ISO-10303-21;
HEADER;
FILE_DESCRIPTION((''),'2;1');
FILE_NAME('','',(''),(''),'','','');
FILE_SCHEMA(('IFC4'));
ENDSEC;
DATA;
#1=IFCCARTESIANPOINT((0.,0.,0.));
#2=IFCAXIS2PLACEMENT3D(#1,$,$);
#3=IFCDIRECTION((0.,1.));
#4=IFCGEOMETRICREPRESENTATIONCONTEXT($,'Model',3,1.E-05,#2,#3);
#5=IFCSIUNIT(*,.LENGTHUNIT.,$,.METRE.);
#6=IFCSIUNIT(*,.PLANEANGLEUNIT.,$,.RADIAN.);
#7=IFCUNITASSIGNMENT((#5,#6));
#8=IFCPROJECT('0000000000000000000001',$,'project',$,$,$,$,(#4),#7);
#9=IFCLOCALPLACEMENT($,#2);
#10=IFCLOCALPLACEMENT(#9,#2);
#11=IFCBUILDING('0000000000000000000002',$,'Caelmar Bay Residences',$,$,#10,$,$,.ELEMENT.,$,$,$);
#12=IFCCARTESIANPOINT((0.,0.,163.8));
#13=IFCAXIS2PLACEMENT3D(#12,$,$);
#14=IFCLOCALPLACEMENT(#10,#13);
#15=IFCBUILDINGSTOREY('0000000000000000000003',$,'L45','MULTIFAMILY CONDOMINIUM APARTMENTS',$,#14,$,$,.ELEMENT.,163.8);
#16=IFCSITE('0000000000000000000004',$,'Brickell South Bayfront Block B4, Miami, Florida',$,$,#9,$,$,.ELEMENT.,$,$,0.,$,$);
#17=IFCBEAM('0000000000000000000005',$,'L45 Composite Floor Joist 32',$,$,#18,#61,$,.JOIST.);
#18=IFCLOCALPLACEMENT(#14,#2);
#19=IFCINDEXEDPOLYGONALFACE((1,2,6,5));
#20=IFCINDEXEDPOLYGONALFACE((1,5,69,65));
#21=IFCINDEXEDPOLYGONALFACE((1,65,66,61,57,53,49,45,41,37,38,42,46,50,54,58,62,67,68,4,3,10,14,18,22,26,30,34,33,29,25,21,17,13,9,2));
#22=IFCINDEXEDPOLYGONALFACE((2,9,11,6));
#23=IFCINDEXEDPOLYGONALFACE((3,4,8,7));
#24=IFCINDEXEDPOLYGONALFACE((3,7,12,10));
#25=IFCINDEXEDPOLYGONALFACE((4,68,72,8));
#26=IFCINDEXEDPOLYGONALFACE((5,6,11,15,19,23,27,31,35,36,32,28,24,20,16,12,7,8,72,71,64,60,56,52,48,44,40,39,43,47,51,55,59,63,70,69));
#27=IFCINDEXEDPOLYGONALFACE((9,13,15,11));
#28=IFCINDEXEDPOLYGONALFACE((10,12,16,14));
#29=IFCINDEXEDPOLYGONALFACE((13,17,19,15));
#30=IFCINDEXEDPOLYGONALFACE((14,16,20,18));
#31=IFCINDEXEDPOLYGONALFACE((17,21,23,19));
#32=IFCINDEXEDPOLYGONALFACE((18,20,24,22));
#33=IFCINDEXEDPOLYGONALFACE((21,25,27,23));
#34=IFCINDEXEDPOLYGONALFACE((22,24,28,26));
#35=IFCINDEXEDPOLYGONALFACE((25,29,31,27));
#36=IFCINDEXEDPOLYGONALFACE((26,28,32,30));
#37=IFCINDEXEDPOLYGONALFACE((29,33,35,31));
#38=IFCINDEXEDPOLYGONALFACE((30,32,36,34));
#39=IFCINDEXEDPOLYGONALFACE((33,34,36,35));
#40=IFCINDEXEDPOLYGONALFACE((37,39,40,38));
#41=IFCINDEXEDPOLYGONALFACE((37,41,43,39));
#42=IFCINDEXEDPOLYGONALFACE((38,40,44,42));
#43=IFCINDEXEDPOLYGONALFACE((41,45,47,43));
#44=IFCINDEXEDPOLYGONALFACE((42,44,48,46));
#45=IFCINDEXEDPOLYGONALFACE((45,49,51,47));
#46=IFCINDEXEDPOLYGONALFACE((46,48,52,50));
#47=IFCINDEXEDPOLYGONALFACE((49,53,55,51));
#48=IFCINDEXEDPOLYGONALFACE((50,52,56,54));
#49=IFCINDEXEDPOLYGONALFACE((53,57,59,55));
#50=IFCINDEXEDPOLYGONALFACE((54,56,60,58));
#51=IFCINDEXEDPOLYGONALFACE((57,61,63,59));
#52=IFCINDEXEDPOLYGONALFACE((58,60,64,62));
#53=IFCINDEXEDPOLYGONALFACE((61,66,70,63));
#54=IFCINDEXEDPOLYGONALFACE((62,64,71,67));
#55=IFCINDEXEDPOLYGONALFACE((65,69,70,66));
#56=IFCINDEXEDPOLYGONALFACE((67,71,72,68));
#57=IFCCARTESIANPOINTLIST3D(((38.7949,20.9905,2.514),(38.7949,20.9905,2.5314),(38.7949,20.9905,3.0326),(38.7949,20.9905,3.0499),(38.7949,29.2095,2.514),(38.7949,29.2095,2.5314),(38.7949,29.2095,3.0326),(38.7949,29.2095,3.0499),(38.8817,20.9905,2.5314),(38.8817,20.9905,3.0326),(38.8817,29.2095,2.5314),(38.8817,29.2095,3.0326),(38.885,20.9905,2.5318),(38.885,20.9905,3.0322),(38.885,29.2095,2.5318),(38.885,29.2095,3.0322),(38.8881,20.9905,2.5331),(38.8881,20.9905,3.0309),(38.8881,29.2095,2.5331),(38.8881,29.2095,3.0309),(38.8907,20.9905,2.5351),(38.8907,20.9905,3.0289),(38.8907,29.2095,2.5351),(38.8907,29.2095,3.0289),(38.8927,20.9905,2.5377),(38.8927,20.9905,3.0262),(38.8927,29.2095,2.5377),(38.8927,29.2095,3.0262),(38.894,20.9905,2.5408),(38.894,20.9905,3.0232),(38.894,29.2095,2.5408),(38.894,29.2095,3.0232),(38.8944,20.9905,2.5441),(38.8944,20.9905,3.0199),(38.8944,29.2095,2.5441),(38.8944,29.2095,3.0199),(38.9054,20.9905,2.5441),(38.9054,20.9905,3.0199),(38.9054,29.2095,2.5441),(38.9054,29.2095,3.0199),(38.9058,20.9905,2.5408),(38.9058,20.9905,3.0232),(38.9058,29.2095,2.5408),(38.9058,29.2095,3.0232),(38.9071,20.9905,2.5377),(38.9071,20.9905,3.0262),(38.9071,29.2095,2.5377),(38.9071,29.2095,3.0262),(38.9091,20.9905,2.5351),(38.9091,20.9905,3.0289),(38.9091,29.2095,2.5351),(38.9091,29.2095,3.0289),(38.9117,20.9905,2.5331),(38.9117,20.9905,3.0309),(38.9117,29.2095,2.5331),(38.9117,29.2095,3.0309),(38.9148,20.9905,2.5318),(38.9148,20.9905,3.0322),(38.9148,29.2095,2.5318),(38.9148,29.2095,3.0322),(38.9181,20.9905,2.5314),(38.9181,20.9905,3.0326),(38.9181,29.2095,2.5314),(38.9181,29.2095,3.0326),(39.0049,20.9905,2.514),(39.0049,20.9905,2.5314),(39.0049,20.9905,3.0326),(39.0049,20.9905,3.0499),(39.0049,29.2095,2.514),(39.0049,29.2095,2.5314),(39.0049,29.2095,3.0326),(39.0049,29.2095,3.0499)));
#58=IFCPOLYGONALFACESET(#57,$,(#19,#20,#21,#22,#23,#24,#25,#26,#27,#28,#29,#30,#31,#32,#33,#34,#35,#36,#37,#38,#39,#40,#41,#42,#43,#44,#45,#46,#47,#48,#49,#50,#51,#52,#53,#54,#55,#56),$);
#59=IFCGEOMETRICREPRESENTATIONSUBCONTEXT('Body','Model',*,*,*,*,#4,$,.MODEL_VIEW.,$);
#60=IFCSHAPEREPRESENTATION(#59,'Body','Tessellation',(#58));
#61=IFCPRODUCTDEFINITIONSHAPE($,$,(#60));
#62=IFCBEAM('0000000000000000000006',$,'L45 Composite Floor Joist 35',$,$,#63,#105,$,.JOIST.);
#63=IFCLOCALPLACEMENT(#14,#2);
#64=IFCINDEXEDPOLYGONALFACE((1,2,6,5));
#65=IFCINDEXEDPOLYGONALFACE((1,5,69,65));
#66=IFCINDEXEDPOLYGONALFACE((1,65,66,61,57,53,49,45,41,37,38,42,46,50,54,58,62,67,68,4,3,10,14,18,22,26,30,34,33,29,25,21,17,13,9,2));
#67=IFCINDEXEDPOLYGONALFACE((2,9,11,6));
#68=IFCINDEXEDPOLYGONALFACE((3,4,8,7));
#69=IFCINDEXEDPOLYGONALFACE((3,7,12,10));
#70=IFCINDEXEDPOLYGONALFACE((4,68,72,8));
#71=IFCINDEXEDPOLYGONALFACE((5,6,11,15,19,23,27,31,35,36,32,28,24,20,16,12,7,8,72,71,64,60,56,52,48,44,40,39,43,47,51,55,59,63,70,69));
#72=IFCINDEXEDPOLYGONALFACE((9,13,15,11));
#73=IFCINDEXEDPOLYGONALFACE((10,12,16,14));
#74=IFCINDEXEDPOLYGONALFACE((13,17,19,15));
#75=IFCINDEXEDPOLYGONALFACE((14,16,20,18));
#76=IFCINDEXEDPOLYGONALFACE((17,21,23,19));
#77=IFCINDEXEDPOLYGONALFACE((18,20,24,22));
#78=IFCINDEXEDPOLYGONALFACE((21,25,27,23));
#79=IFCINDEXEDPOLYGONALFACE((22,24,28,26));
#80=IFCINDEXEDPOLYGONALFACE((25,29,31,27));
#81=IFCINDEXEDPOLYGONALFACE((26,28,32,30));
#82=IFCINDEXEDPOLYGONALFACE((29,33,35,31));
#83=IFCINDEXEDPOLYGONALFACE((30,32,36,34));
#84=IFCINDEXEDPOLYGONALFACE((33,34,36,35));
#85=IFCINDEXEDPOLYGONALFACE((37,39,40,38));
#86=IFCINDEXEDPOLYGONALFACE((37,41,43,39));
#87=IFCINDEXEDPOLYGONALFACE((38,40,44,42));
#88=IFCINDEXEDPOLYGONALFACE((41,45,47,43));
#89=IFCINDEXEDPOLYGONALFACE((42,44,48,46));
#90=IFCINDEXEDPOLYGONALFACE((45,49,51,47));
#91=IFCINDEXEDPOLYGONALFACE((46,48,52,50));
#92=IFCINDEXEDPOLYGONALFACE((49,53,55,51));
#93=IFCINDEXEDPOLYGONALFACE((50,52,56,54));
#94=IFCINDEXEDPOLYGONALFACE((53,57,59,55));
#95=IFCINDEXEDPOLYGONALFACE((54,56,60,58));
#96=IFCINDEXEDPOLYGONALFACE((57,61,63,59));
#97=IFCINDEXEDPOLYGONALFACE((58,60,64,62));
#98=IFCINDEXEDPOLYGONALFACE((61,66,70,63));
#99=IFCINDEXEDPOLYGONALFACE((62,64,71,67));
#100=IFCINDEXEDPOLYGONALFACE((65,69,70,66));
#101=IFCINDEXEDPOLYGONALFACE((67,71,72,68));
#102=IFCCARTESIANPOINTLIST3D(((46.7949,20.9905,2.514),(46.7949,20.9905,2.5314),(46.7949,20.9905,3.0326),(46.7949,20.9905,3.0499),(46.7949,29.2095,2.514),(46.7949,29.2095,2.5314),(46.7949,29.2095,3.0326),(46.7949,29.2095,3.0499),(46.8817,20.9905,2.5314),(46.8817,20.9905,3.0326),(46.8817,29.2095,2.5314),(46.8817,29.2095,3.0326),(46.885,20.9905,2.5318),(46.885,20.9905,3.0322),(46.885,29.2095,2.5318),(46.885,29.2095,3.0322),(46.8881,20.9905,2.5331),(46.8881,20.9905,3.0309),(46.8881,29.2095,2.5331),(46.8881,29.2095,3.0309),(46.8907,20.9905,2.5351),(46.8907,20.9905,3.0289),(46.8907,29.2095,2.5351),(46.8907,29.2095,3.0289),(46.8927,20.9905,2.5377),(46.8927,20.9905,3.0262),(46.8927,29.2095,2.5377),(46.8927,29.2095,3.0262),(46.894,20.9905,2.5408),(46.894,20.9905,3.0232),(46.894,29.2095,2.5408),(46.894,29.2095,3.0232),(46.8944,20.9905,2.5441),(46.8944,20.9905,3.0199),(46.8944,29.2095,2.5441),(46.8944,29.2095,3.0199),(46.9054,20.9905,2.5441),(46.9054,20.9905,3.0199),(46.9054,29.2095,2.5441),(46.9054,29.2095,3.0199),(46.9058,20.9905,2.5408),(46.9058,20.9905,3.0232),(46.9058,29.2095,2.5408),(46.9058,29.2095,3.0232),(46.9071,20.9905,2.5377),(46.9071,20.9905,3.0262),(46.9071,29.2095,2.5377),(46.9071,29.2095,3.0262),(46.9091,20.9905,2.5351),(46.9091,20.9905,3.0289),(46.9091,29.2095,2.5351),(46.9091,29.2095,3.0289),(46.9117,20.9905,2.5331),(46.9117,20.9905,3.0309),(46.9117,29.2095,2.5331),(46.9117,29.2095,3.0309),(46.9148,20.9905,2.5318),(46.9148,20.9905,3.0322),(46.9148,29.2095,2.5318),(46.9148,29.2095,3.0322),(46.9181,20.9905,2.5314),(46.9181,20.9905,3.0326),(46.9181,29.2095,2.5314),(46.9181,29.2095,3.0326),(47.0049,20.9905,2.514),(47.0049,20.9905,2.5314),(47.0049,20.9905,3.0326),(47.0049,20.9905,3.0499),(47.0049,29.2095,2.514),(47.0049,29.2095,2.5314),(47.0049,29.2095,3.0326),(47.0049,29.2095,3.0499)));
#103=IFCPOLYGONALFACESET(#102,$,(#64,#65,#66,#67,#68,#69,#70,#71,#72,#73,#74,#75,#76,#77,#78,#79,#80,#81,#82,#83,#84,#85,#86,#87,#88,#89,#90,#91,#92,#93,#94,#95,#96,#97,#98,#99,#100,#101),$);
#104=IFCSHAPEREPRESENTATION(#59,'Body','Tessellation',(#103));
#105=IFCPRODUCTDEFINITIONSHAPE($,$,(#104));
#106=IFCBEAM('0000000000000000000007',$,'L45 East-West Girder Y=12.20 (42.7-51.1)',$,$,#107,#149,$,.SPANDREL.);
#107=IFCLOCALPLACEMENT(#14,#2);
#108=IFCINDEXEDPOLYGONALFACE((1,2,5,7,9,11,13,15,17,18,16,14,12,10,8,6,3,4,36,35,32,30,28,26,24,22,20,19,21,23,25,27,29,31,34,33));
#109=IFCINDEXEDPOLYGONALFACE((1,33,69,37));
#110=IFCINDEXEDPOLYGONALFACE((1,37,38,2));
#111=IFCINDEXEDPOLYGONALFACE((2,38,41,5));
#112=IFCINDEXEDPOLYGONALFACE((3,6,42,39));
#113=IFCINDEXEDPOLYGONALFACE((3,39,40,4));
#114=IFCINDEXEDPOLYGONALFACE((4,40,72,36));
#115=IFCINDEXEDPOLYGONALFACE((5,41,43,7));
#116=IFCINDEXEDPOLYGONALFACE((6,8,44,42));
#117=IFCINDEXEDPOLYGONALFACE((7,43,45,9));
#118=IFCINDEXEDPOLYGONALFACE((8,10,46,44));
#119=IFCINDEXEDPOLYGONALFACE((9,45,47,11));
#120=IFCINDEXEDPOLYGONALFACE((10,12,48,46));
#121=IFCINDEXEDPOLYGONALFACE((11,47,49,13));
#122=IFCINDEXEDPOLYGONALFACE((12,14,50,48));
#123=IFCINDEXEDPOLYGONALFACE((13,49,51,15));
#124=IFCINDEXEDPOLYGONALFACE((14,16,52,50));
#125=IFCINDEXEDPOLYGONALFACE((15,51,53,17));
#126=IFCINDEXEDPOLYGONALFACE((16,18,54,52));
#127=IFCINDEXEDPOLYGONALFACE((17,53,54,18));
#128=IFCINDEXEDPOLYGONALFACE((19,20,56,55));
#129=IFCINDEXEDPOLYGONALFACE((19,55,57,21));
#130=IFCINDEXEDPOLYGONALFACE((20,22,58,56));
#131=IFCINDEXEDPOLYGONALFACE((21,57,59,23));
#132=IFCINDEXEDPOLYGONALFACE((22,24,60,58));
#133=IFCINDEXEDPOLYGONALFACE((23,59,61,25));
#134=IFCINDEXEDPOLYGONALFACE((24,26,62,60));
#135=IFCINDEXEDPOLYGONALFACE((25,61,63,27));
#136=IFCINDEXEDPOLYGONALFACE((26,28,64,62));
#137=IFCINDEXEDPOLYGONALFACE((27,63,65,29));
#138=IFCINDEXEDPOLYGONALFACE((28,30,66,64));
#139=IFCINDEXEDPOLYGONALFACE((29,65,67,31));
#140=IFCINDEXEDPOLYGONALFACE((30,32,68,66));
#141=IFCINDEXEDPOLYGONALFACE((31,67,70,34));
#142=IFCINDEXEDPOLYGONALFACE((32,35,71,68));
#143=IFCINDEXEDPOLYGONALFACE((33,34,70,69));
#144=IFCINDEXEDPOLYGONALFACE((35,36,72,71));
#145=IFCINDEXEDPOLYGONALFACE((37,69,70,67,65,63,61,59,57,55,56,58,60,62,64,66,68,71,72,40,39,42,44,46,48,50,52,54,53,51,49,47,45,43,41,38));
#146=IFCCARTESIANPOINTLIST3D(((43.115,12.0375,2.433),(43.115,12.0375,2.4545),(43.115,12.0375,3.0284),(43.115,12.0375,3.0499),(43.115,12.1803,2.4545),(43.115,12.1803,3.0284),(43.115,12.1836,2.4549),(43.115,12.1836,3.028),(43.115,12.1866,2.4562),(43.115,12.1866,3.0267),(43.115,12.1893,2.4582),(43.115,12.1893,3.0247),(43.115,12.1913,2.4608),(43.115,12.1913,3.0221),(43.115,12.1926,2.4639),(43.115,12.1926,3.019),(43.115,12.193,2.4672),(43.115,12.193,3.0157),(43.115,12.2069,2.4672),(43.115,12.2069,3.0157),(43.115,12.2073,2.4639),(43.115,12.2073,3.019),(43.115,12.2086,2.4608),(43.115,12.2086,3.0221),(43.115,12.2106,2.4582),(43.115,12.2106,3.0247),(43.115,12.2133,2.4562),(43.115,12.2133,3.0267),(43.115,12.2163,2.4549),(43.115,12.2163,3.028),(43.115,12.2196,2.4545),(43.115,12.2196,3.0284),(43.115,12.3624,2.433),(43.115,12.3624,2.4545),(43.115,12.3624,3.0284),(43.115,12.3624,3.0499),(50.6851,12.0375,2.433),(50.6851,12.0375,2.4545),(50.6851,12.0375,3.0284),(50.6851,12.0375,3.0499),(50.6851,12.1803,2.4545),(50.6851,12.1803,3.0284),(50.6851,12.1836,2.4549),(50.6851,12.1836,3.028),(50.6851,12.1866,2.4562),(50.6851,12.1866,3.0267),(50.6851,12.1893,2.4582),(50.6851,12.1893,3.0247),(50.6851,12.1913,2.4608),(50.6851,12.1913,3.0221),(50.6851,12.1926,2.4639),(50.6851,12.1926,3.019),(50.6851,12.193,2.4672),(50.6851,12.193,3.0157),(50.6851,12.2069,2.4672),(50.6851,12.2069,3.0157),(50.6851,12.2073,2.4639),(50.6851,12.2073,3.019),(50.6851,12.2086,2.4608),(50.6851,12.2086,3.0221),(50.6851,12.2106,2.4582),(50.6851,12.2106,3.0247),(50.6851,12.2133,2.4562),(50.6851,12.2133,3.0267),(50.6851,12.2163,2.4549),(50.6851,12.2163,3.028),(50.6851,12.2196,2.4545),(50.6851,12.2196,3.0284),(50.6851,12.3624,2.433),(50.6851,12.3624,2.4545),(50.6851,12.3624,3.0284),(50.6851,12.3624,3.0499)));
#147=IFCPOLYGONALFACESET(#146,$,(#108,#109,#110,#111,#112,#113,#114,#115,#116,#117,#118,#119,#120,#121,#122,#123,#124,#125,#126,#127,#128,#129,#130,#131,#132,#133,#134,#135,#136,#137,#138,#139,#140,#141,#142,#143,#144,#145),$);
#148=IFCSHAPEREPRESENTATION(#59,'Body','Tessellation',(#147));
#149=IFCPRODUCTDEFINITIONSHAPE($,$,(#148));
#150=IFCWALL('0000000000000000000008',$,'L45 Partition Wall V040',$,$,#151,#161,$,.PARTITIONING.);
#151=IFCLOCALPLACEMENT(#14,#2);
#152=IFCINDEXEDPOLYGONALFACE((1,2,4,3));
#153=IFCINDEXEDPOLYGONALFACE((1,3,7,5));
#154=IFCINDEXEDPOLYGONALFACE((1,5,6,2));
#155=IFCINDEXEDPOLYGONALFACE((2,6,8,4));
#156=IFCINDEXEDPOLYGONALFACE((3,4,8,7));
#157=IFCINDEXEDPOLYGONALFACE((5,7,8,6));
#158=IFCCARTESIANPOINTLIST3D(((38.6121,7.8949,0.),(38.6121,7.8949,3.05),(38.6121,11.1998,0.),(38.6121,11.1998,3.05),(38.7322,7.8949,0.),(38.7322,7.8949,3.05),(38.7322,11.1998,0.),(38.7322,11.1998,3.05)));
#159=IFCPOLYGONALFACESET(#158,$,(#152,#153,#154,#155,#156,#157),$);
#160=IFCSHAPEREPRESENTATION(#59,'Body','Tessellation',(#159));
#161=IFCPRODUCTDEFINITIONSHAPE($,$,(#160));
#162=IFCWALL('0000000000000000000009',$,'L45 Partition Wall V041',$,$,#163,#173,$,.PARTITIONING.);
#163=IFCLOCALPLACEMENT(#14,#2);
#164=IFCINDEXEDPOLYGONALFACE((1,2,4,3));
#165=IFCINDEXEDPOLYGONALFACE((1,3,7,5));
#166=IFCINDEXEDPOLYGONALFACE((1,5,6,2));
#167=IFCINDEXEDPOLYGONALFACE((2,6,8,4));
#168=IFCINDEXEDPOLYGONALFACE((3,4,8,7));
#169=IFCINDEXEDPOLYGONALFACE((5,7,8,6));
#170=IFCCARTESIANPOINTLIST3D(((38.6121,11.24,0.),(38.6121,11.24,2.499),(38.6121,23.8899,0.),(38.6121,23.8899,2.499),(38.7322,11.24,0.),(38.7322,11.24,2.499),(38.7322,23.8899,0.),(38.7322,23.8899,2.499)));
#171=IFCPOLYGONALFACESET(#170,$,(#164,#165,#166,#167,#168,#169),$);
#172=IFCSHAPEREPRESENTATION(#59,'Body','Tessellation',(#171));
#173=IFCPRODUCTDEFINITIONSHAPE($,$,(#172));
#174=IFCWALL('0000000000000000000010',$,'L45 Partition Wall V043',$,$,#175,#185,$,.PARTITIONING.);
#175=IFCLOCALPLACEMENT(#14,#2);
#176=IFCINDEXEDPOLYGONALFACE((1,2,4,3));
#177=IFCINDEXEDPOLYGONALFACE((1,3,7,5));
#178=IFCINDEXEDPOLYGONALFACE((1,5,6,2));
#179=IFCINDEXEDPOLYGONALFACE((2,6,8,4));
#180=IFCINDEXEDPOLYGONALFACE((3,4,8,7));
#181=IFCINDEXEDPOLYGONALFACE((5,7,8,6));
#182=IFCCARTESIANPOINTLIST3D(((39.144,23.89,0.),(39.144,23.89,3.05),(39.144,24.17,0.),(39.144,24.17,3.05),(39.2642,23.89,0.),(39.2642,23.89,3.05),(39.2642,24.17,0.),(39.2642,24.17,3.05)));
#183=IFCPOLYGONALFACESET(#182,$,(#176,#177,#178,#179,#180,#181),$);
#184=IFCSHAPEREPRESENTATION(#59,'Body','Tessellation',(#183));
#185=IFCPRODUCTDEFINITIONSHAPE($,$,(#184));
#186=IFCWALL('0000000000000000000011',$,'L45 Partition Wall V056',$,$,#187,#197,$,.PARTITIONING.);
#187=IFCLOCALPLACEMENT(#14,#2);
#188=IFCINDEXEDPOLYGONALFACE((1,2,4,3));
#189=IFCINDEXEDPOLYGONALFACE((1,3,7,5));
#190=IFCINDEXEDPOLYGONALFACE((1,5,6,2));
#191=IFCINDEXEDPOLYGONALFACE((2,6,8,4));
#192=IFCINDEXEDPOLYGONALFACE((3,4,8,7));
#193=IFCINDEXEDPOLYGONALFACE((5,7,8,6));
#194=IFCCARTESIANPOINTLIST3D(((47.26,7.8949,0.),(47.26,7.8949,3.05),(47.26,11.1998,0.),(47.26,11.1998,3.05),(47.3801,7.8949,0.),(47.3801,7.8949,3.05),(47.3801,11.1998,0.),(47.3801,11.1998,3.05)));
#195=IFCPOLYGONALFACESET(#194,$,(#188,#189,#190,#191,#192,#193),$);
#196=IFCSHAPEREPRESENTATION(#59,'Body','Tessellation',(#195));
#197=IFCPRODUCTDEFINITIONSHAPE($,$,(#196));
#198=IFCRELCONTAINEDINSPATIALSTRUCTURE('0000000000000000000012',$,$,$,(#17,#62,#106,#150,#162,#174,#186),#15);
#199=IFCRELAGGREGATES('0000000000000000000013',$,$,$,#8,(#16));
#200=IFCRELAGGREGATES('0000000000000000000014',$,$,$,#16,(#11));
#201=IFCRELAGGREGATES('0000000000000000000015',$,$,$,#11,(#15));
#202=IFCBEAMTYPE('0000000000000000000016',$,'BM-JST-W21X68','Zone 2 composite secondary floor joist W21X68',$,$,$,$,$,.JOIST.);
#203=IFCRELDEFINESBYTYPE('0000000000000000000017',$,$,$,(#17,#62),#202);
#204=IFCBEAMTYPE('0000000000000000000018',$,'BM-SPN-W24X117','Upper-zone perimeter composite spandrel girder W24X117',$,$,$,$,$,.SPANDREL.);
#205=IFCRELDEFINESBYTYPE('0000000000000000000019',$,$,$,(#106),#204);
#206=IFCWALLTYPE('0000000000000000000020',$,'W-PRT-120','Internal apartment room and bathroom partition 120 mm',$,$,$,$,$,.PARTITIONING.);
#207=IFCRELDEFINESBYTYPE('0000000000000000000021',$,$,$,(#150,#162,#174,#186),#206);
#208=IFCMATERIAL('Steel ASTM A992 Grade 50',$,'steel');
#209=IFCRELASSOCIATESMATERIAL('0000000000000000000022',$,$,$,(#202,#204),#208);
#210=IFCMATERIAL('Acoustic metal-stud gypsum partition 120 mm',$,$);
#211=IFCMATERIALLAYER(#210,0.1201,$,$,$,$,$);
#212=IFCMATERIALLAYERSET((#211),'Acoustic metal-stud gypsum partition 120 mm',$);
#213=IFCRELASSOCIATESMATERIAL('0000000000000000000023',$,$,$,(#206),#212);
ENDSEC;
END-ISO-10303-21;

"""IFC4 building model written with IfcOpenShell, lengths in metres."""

from ifc_helpers import new_model, si_unit, direction, frame, frame_2d, origin, origin_2d, place, context, subcontext, project, spatial, rectangle, i_section, extrude, material, layer, layer_set, material_profile, profile_set, type_object, element, save


model = new_model("IFC4")

# Units and contexts
model_context = context("Model", 3, precision=1e-05, world=origin(), true_north=direction((0.0, 1.0)))
body_context = subcontext(model_context, "Body", "Model", "MODEL_VIEW")
ifc_project = project(units=[si_unit("LENGTHUNIT", "METRE"), si_unit("PLANEANGLEUNIT", "RADIAN")], contexts=[model_context])

# Site, building, storey
site_placement = place(None, origin())
site = spatial("IfcSite", under=ifc_project, at=site_placement, Name="Brickell South Bayfront Block B4, Miami, Florida", CompositionType="ELEMENT", RefElevation=0.0)
building_placement = place(site_placement, origin())
building = spatial("IfcBuilding", under=site, at=building_placement, Name="Caelmar Bay Residences", CompositionType="ELEMENT")
storey_placement = place(building_placement, frame((0.0, 0.0, 163.8)))
storey = spatial("IfcBuildingStorey", under=building, at=storey_placement, Name="L45", Description="MULTIFAMILY CONDOMINIUM APARTMENTS", CompositionType="ELEMENT", Elevation=163.8)

# Beams
ifc_material_1 = material(Name="Steel ASTM A992 Grade 50", Category="steel")
ifc_material_profile_1 = material_profile(ifc_material_1, i_section(OverallWidth=0.21, OverallDepth=0.5359, WebThickness=0.011, FlangeThickness=0.0173, FilletRadius=0.0127, at=origin_2d()), Name="W21X68")
ifc_profile_set_1 = profile_set([ifc_material_profile_1], Name="Steel ASTM A992 Grade 50")
beam_type_1 = type_object("IfcBeamType", Name="BM-JST-W21X68", Description="Zone 2 composite secondary floor joist W21X68", PredefinedType="JOIST", material=ifc_profile_set_1)
for number, where, z_axis, x_axis, name in (
    (1, (38.8999, 20.9905, 2.782), (0.0, 1.0, 0.0), (-1.0, 0.0, 0.0), "L45 Composite Floor Joist 32"),
    (2, (46.8999, 20.9905, 2.782), (0.0, 1.0, 0.0), (-1.0, 0.0, 0.0), "L45 Composite Floor Joist 35"),
):
    element("IfcBeam", number, at=place(storey_placement, frame(where, z_axis=z_axis, x_axis=x_axis)), inside=storey, type_object=beam_type_1, Name=name, PredefinedType="JOIST", context=body_context, shape_type="SweptSolid", body=[
        extrude(i_section(OverallWidth=0.21, OverallDepth=0.5359, WebThickness=0.011, FlangeThickness=0.0173, FilletRadius=0.0127, at=origin_2d()), origin(), (0.0, 0.0, 1.0), 8.219),
    ])
ifc_material_profile_2 = material_profile(ifc_material_1, i_section(OverallWidth=0.325, OverallDepth=0.6169, WebThickness=0.0139, FlangeThickness=0.0215, FilletRadius=0.0127, at=origin_2d()), Name="W24X117")
ifc_profile_set_2 = profile_set([ifc_material_profile_2], Name="Steel ASTM A992 Grade 50")
beam_type_2 = type_object("IfcBeamType", Name="BM-SPN-W24X117", Description="Upper-zone perimeter composite spandrel girder W24X117", PredefinedType="SPANDREL", material=ifc_profile_set_2)
beam_1_placement = place(storey_placement, frame((43.115, 12.2, 2.7415), z_axis=(1.0, 0.0, 0.0), x_axis=(0.0, 1.0, 0.0)))
element("IfcBeam", 3, at=beam_1_placement, inside=storey, type_object=beam_type_2, Name="L45 East-West Girder Y=12.20 (42.7-51.1)", PredefinedType="SPANDREL", context=body_context, shape_type="SweptSolid", body=[
    extrude(i_section(OverallWidth=0.325, OverallDepth=0.6169, WebThickness=0.0139, FlangeThickness=0.0215, FilletRadius=0.0127, at=origin_2d()), origin(), (0.0, 0.0, 1.0), 7.5701),
])

# Walls
ifc_material_2 = material(Name="Acoustic metal-stud gypsum partition 120 mm")
ifc_layer_1 = layer(ifc_material_2, 0.1201)
ifc_layer_set_1 = layer_set([ifc_layer_1], Name="Acoustic metal-stud gypsum partition 120 mm")
wall_type_1 = type_object("IfcWallType", Name="W-PRT-120", Description="Internal apartment room and bathroom partition 120 mm", PredefinedType="PARTITIONING", material=ifc_layer_set_1)
wall_1_placement = place(storey_placement, frame((38.6721, 7.895, 0.0), z_axis=(0.0, 0.0, 1.0), x_axis=(0.0, 1.0, 0.0)))
element("IfcWall", 4, at=wall_1_placement, inside=storey, type_object=wall_type_1, Name="L45 Partition Wall V040", PredefinedType="PARTITIONING", context=body_context, shape_type="SweptSolid", body=[
    extrude(rectangle(XDim=3.3049, YDim=0.1201, at=frame_2d((1.6523, 0.0))), origin(), (0.0, 0.0, 1.0), 3.05),
])
wall_2_placement = place(storey_placement, frame((38.6721, 11.24, 0.0), z_axis=(0.0, 0.0, 1.0), x_axis=(0.0, 1.0, 0.0)))
element("IfcWall", 5, at=wall_2_placement, inside=storey, type_object=wall_type_1, Name="L45 Partition Wall V041", PredefinedType="PARTITIONING", context=body_context, shape_type="SweptSolid", body=[
    extrude(rectangle(XDim=12.6499, YDim=0.1201, at=frame_2d((6.325, 0.0))), origin(), (0.0, 0.0, 1.0), 2.499),
])
wall_3_placement = place(storey_placement, frame((39.2041, 23.8899, 0.0), z_axis=(0.0, 0.0, 1.0), x_axis=(0.0, 1.0, 0.0)))
element("IfcWall", 6, at=wall_3_placement, inside=storey, type_object=wall_type_1, Name="L45 Partition Wall V043", PredefinedType="PARTITIONING", context=body_context, shape_type="SweptSolid", body=[
    extrude(rectangle(XDim=0.28, YDim=0.1201, at=frame_2d((0.1401, 0.0))), origin(), (0.0, 0.0, 1.0), 3.05),
])
wall_4_placement = place(storey_placement, frame((47.3201, 7.895, 0.0), z_axis=(0.0, 0.0, 1.0), x_axis=(0.0, 1.0, 0.0)))
element("IfcWall", 7, at=wall_4_placement, inside=storey, type_object=wall_type_1, Name="L45 Partition Wall V056", PredefinedType="PARTITIONING", context=body_context, shape_type="SweptSolid", body=[
    extrude(rectangle(XDim=3.3049, YDim=0.1201, at=frame_2d((1.6523, 0.0))), origin(), (0.0, 0.0, 1.0), 3.05),
])

save(model, "model.ifc")
